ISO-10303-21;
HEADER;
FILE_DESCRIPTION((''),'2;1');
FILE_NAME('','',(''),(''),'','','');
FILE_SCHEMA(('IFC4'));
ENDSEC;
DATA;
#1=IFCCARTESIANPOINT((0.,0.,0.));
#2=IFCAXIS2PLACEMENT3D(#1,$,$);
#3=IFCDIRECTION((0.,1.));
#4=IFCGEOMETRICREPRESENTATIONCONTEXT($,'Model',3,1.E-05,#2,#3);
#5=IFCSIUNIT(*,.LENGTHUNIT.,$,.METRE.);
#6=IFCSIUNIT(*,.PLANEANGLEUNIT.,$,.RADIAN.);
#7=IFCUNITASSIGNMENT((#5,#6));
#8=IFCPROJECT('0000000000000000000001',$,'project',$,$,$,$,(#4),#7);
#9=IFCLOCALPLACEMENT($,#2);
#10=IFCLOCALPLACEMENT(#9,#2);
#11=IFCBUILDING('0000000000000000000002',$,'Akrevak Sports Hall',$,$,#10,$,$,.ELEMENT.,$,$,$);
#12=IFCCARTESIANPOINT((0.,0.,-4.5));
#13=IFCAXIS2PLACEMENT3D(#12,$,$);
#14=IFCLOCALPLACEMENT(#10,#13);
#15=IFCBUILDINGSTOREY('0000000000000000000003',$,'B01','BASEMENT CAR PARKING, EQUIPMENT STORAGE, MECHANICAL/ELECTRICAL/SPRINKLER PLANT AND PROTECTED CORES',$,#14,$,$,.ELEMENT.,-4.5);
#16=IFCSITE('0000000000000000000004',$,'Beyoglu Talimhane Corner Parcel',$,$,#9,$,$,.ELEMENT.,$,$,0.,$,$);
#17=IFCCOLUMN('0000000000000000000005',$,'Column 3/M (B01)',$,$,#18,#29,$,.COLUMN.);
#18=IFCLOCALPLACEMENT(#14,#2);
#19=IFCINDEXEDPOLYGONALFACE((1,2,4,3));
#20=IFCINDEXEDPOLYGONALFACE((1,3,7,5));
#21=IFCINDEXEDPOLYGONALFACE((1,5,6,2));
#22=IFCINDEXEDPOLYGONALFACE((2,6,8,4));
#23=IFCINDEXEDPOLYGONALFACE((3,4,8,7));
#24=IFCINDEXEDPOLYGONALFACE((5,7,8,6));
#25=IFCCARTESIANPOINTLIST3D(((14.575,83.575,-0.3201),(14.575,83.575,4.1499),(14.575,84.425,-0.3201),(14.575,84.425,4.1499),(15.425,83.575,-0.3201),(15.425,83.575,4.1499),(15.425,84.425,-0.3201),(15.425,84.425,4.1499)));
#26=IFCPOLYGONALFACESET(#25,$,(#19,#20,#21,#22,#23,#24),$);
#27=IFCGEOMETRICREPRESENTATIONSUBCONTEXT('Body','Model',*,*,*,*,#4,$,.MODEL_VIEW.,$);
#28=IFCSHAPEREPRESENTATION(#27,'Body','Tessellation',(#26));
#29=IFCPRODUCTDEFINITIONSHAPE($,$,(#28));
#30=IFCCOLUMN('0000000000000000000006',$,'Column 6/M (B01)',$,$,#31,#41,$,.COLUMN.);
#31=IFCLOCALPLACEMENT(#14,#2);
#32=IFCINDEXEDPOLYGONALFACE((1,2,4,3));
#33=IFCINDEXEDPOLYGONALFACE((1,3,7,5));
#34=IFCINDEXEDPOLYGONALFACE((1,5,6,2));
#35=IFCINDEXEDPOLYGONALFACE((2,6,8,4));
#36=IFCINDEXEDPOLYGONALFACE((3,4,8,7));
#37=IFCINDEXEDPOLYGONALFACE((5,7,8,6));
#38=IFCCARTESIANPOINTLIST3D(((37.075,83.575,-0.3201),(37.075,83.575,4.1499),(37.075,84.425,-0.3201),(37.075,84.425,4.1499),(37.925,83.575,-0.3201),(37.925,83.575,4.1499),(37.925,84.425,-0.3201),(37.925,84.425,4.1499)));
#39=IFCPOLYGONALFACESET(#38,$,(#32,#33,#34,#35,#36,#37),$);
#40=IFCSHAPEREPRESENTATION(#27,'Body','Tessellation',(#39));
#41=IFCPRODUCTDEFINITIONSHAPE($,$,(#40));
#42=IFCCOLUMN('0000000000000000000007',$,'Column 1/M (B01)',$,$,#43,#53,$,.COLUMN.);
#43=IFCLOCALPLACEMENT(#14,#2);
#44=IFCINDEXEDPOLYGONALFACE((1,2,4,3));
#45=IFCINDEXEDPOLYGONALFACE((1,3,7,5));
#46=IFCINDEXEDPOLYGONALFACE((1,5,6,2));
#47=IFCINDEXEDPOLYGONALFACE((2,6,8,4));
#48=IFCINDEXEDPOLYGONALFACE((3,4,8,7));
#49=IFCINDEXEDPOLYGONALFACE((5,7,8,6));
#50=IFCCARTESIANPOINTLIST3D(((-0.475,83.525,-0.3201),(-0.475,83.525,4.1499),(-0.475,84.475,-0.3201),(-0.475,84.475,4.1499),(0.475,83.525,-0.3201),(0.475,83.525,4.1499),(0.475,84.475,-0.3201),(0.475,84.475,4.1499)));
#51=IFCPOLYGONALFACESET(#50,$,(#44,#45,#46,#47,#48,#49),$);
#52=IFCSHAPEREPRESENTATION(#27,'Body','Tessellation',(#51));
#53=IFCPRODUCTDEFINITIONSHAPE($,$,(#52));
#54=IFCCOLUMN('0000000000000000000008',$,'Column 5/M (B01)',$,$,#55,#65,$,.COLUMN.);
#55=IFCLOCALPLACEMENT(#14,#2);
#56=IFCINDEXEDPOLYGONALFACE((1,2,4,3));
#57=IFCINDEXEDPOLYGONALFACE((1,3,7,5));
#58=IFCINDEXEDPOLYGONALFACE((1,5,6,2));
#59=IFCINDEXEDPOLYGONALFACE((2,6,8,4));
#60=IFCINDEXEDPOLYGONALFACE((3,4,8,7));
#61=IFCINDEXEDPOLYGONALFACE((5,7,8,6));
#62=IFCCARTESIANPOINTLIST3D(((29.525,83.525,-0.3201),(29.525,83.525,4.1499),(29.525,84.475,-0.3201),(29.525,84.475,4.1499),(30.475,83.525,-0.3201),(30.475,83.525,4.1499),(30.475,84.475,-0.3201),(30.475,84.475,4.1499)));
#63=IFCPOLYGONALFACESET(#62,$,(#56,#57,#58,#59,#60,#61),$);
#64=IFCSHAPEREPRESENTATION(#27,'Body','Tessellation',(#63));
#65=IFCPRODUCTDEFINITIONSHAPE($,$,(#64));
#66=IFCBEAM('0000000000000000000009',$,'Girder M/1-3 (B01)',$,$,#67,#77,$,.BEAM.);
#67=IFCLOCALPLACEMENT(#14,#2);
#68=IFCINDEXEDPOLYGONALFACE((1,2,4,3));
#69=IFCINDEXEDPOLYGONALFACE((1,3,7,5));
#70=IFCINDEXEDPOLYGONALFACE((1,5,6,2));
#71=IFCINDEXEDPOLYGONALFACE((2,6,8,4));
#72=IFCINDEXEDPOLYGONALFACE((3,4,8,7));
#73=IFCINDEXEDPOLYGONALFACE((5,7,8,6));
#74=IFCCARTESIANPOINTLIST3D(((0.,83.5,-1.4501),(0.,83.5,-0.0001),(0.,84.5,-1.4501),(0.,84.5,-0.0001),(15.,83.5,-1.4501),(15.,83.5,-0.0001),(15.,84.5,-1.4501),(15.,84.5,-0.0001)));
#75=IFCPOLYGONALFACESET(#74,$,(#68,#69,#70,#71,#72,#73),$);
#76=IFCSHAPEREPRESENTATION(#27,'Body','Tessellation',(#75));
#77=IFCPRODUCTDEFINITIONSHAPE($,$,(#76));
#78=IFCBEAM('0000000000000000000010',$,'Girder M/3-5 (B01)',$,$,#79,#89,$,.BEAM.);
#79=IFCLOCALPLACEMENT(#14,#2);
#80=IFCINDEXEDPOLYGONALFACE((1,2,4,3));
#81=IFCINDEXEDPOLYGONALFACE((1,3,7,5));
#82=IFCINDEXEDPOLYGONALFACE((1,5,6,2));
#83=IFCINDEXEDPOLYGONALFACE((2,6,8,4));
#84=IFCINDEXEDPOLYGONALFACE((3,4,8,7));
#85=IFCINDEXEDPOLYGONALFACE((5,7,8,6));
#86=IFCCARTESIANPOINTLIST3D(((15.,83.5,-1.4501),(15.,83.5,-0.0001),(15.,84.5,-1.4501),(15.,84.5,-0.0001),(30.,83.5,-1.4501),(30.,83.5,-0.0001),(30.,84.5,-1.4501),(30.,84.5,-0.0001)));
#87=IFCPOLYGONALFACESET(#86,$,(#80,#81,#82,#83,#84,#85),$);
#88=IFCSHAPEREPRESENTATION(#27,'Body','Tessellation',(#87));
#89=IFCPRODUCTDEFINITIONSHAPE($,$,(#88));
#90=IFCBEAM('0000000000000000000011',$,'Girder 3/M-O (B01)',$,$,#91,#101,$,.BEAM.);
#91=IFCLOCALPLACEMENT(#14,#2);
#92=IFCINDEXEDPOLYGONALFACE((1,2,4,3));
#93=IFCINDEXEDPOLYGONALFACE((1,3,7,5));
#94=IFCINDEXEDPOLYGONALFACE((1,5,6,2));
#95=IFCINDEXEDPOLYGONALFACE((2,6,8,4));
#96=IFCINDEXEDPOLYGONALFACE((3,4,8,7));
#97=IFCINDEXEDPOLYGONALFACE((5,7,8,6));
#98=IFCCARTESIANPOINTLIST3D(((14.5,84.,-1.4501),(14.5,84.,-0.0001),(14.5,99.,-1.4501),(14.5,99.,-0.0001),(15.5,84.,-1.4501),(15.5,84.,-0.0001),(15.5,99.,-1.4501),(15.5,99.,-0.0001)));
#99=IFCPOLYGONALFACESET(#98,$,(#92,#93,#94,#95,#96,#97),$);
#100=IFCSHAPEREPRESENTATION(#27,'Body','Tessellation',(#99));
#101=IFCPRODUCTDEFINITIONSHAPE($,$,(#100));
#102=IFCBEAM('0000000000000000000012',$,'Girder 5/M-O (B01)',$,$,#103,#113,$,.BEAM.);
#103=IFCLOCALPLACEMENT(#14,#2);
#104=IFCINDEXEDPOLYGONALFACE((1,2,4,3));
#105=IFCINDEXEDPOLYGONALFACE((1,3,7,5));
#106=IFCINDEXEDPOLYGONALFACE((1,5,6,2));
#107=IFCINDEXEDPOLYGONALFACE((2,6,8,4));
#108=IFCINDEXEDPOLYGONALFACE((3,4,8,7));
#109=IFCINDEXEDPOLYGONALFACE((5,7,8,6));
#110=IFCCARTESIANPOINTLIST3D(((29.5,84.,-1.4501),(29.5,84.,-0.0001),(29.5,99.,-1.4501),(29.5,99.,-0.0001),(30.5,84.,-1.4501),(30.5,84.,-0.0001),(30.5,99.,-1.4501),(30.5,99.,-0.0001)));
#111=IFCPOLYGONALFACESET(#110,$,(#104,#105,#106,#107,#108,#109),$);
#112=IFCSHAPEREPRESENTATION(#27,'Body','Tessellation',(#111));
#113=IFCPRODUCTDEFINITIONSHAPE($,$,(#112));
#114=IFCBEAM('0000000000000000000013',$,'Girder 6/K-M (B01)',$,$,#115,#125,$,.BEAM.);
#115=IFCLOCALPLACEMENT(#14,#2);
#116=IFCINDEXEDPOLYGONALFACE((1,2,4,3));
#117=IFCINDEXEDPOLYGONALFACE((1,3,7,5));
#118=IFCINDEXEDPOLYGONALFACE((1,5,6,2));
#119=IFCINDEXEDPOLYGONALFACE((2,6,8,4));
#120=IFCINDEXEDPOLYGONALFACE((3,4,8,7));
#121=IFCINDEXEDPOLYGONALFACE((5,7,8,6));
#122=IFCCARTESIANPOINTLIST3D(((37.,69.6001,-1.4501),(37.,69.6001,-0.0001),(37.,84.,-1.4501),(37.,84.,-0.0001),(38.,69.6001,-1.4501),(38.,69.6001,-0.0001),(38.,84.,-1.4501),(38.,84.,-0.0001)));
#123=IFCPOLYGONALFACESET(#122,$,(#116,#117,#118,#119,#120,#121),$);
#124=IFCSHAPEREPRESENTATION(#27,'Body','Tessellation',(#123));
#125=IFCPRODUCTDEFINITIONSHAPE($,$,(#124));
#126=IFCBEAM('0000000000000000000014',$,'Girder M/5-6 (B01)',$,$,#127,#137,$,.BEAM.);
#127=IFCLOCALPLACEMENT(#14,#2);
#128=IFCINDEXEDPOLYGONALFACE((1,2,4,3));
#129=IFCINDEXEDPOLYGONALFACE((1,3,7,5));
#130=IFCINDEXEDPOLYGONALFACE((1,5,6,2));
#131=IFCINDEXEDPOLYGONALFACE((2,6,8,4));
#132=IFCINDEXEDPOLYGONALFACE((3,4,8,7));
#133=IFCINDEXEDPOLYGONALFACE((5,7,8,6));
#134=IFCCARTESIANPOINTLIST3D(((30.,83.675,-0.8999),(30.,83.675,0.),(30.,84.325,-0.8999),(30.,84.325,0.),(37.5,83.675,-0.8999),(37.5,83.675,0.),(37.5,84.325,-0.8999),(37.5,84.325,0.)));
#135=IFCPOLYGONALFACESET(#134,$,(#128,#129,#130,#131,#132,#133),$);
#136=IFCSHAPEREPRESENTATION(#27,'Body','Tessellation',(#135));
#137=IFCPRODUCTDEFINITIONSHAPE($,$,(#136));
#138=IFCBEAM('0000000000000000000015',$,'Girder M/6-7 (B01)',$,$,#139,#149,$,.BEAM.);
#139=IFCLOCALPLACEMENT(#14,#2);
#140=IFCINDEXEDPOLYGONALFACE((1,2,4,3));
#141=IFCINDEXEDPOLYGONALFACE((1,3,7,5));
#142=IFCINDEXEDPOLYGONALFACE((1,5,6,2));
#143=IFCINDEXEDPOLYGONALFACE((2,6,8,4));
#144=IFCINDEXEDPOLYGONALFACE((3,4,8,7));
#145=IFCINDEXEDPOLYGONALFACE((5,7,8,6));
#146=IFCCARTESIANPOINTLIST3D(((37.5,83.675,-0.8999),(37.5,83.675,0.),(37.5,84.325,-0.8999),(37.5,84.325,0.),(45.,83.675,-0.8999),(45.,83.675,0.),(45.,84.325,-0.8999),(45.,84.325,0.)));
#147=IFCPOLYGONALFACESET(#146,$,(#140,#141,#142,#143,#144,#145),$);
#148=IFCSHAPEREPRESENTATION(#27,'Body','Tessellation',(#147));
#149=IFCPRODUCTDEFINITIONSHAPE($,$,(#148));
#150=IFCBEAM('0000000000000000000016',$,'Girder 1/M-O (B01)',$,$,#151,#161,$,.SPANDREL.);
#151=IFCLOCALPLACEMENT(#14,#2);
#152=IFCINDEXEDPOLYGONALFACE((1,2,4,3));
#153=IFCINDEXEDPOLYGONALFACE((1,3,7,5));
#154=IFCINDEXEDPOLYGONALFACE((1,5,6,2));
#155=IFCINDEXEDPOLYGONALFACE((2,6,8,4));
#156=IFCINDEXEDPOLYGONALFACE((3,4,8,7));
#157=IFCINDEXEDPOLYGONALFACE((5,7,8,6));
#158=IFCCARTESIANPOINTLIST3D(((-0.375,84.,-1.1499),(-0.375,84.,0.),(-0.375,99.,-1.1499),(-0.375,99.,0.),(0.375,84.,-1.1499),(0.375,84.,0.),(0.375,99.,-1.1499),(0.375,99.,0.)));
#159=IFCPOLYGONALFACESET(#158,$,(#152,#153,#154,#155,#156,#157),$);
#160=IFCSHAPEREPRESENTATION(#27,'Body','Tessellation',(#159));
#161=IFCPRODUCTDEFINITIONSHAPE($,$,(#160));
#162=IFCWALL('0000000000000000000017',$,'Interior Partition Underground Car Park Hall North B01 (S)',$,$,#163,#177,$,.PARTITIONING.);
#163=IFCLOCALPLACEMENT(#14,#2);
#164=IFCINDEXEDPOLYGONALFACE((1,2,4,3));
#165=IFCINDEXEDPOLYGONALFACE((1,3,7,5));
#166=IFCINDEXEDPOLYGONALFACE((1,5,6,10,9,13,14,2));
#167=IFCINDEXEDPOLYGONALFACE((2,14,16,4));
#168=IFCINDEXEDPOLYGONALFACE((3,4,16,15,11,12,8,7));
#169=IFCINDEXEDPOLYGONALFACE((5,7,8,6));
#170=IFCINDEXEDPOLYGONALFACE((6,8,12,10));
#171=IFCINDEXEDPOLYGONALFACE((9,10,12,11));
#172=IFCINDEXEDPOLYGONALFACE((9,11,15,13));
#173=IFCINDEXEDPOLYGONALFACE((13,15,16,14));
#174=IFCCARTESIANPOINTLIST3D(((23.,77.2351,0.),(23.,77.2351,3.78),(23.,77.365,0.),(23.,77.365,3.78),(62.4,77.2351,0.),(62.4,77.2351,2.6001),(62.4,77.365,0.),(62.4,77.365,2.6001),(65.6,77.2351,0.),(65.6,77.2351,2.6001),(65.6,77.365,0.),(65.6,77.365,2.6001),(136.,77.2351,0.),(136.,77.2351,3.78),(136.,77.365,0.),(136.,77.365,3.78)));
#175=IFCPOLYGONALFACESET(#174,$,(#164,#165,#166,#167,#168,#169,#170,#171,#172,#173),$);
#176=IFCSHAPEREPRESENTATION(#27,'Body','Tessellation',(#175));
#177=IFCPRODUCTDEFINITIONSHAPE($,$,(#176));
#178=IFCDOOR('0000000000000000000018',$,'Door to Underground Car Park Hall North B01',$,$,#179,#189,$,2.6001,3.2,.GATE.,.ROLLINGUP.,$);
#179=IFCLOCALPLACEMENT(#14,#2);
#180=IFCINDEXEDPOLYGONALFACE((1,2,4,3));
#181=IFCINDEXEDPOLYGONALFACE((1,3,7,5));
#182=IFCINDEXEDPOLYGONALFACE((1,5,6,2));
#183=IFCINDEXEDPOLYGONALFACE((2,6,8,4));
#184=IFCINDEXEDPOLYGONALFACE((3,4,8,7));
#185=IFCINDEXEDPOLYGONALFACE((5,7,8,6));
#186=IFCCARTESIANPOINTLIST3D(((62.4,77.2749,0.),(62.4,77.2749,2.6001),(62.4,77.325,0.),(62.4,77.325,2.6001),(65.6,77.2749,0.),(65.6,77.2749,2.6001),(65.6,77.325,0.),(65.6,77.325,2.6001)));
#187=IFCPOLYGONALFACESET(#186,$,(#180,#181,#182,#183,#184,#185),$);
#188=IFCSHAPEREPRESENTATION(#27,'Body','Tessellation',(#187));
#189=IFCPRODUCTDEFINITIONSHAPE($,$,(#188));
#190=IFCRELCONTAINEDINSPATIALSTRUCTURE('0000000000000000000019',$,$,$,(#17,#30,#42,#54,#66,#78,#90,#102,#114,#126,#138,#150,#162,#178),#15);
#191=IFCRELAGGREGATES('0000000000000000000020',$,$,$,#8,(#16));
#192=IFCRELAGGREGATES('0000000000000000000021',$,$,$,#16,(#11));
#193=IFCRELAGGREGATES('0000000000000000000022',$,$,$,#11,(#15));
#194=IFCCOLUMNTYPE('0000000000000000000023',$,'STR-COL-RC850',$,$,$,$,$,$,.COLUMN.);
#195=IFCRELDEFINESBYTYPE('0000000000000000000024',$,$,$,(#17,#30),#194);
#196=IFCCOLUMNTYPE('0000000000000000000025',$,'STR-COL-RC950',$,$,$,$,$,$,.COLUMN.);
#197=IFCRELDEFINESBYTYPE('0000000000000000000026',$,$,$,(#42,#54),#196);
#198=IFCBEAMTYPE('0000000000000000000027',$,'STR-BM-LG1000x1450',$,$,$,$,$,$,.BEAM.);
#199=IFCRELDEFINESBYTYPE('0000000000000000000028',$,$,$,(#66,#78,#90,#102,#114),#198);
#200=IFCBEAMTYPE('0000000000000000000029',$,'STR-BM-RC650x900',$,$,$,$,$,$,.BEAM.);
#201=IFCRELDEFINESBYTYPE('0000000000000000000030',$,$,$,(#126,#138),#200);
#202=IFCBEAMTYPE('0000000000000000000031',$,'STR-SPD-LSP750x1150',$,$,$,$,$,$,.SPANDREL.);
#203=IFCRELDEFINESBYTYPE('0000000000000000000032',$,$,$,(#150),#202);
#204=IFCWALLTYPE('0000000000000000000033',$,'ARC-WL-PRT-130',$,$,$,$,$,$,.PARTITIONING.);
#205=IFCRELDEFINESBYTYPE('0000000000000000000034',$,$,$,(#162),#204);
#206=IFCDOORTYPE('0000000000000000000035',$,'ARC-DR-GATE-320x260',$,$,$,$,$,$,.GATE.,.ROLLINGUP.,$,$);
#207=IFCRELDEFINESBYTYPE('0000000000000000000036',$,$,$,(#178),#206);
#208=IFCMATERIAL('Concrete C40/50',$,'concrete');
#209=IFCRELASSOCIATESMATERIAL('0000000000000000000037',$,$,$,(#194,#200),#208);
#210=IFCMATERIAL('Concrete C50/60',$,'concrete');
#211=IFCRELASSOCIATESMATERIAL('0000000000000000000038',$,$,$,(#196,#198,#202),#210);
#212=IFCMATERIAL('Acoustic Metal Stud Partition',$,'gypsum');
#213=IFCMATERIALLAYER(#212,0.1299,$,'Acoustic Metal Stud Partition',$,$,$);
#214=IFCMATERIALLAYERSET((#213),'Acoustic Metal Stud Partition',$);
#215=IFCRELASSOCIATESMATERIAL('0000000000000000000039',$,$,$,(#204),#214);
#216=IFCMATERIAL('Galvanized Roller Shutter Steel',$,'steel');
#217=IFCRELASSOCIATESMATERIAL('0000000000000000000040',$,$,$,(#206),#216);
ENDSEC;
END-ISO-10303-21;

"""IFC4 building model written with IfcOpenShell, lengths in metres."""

from ifc_helpers import new_model, si_unit, direction, frame, frame_2d, origin, origin_2d, place, context, subcontext, project, spatial, rectangle, extrude, material, layer, layer_set, material_profile, profile_set, type_object, element, fill, save


model = new_model("IFC4")

# Units and contexts
model_context = context("Model", 3, precision=1e-05, world=origin(), true_north=direction((0.0, 1.0)))
body_context = subcontext(model_context, "Body", "Model", "MODEL_VIEW")
ifc_project = project(units=[si_unit("LENGTHUNIT", "METRE"), si_unit("PLANEANGLEUNIT", "RADIAN")], contexts=[model_context])

# Site, building, storey
site_placement = place(None, origin())
site = spatial("IfcSite", under=ifc_project, at=site_placement, Name="Beyoglu Talimhane Corner Parcel", CompositionType="ELEMENT", RefElevation=0.0)
building_placement = place(site_placement, origin())
building = spatial("IfcBuilding", under=site, at=building_placement, Name="Akrevak Sports Hall", CompositionType="ELEMENT")
storey_placement = place(building_placement, frame((0.0, 0.0, -4.5)))
storey = spatial("IfcBuildingStorey", under=building, at=storey_placement, Name="B01", Description="BASEMENT CAR PARKING, EQUIPMENT STORAGE, MECHANICAL/ELECTRICAL/SPRINKLER PLANT AND PROTECTED CORES", CompositionType="ELEMENT", Elevation=-4.5)

# Columns
ifc_material_1 = material(Name="Concrete C40/50", Category="concrete")
ifc_material_profile_1 = material_profile(ifc_material_1, rectangle(XDim=0.8501, YDim=0.8501, at=origin_2d()), Name="RC 850x850", Category="concrete")
ifc_profile_set_1 = profile_set([ifc_material_profile_1], Name="Concrete C40/50")
column_type_1 = type_object("IfcColumnType", Name="STR-COL-RC850", PredefinedType="COLUMN", material=ifc_profile_set_1)
for number, where, z_axis, x_axis, name in (
    (1, (15.0, 84.0, -0.3201), (0.0, 0.0, 1.0), (1.0, 0.0, 0.0), "Column 3/M (B01)"),
    (2, (37.5, 84.0, -0.3201), (0.0, 0.0, 1.0), (1.0, 0.0, 0.0), "Column 6/M (B01)"),
):
    element("IfcColumn", number, at=place(storey_placement, frame(where, z_axis=z_axis, x_axis=x_axis)), inside=storey, type_object=column_type_1, Name=name, PredefinedType="COLUMN", context=body_context, shape_type="SweptSolid", body=[
        extrude(rectangle(XDim=0.8501, YDim=0.8501, at=origin_2d()), origin(), (0.0, 0.0, 1.0), 4.47),
    ])
ifc_material_2 = material(Name="Concrete C50/60", Category="concrete")
ifc_material_profile_2 = material_profile(ifc_material_2, rectangle(XDim=0.95, YDim=0.95, at=origin_2d()), Name="RC 950x950", Category="concrete")
ifc_profile_set_2 = profile_set([ifc_material_profile_2], Name="Concrete C50/60")
column_type_2 = type_object("IfcColumnType", Name="STR-COL-RC950", PredefinedType="COLUMN", material=ifc_profile_set_2)
for number, where, z_axis, x_axis, name in (
    (3, (0.0, 84.0, -0.3201), (0.0, 0.0, 1.0), (1.0, 0.0, 0.0), "Column 1/M (B01)"),
    (4, (30.0, 84.0, -0.3201), (0.0, 0.0, 1.0), (1.0, 0.0, 0.0), "Column 5/M (B01)"),
):
    element("IfcColumn", number, at=place(storey_placement, frame(where, z_axis=z_axis, x_axis=x_axis)), inside=storey, type_object=column_type_2, Name=name, PredefinedType="COLUMN", context=body_context, shape_type="SweptSolid", body=[
        extrude(rectangle(XDim=0.95, YDim=0.95, at=origin_2d()), origin(), (0.0, 0.0, 1.0), 4.47),
    ])

# Beams
ifc_material_profile_3 = material_profile(ifc_material_2, rectangle(XDim=1.0, YDim=1.45, at=origin_2d()), Name="BM 1000x1450", Category="concrete")
ifc_profile_set_3 = profile_set([ifc_material_profile_3], Name="Concrete C50/60")
beam_type_1 = type_object("IfcBeamType", Name="STR-BM-LG1000x1450", PredefinedType="BEAM", material=ifc_profile_set_3)
for number, where, z_axis, x_axis, name in (
    (5, (0.0, 84.0, -0.7251), (1.0, 0.0, 0.0), (0.0, 1.0, 0.0), "Girder M/1-3 (B01)"),
    (6, (15.0, 84.0, -0.7251), (1.0, 0.0, 0.0), (0.0, 1.0, 0.0), "Girder M/3-5 (B01)"),
    (7, (15.0, 84.0, -0.7251), (0.0, 1.0, 0.0), (-1.0, 0.0, 0.0), "Girder 3/M-O (B01)"),
    (8, (30.0, 84.0, -0.7251), (0.0, 1.0, 0.0), (-1.0, 0.0, 0.0), "Girder 5/M-O (B01)"),
):
    element("IfcBeam", number, at=place(storey_placement, frame(where, z_axis=z_axis, x_axis=x_axis)), inside=storey, type_object=beam_type_1, Name=name, PredefinedType="BEAM", context=body_context, shape_type="SweptSolid", body=[
        extrude(rectangle(XDim=1.0, YDim=1.45, at=origin_2d()), origin(), (0.0, 0.0, 1.0), 15.0),
    ])
beam_1_placement = place(storey_placement, frame((37.5, 69.6001, -0.7251), z_axis=(0.0, 1.0, 0.0), x_axis=(-1.0, 0.0, 0.0)))
element("IfcBeam", 9, at=beam_1_placement, inside=storey, type_object=beam_type_1, Name="Girder 6/K-M (B01)", PredefinedType="BEAM", context=body_context, shape_type="SweptSolid", body=[
    extrude(rectangle(XDim=1.0, YDim=1.45, at=origin_2d()), origin(), (0.0, 0.0, 1.0), 14.3999),
])
ifc_material_profile_4 = material_profile(ifc_material_1, rectangle(XDim=0.6499, YDim=0.8999, at=origin_2d()), Name="BM 650x900", Category="concrete")
ifc_profile_set_4 = profile_set([ifc_material_profile_4], Name="Concrete C40/50")
beam_type_2 = type_object("IfcBeamType", Name="STR-BM-RC650x900", PredefinedType="BEAM", material=ifc_profile_set_4)
for number, where, z_axis, x_axis, name in (
    (10, (30.0, 84.0, -0.45), (1.0, 0.0, 0.0), (0.0, 1.0, 0.0), "Girder M/5-6 (B01)"),
    (11, (37.5, 84.0, -0.45), (1.0, 0.0, 0.0), (0.0, 1.0, 0.0), "Girder M/6-7 (B01)"),
):
    element("IfcBeam", number, at=place(storey_placement, frame(where, z_axis=z_axis, x_axis=x_axis)), inside=storey, type_object=beam_type_2, Name=name, PredefinedType="BEAM", context=body_context, shape_type="SweptSolid", body=[
        extrude(rectangle(XDim=0.6499, YDim=0.8999, at=origin_2d()), origin(), (0.0, 0.0, 1.0), 7.5),
    ])
ifc_material_profile_5 = material_profile(ifc_material_2, rectangle(XDim=0.75, YDim=1.1499, at=origin_2d()), Name="SPD 750x1150", Category="concrete")
ifc_profile_set_5 = profile_set([ifc_material_profile_5], Name="Concrete C50/60")
beam_type_3 = type_object("IfcBeamType", Name="STR-SPD-LSP750x1150", PredefinedType="SPANDREL", material=ifc_profile_set_5)
beam_2_placement = place(storey_placement, frame((0.0, 84.0, -0.575), z_axis=(0.0, 1.0, 0.0), x_axis=(-1.0, 0.0, 0.0)))
element("IfcBeam", 12, at=beam_2_placement, inside=storey, type_object=beam_type_3, Name="Girder 1/M-O (B01)", PredefinedType="SPANDREL", context=body_context, shape_type="SweptSolid", body=[
    extrude(rectangle(XDim=0.75, YDim=1.1499, at=origin_2d()), origin(), (0.0, 0.0, 1.0), 15.0),
])

# Wall, opening, door
ifc_material_3 = material(Name="Acoustic Metal Stud Partition", Category="gypsum")
ifc_layer_1 = layer(ifc_material_3, 0.1299, Name="Acoustic Metal Stud Partition")
ifc_layer_set_1 = layer_set([ifc_layer_1], Name="Acoustic Metal Stud Partition")
wall_type_1 = type_object("IfcWallType", Name="ARC-WL-PRT-130", PredefinedType="PARTITIONING", material=ifc_layer_set_1)
wall_1_placement = place(storey_placement, frame((23.0, 77.3, 0.0), z_axis=(0.0, 0.0, 1.0), x_axis=(1.0, 0.0, 0.0)))
wall_1 = element("IfcWall", 13, at=wall_1_placement, inside=storey, type_object=wall_type_1, Name="Interior Partition Underground Car Park Hall North B01 (S)", PredefinedType="PARTITIONING", context=body_context, shape_type="SweptSolid", body=[
    extrude(rectangle(XDim=113.0, YDim=0.1299, at=frame_2d((56.5, 0.0))), origin(), (0.0, 0.0, 1.0), 3.78),
])
opening_1_placement = place(wall_1_placement, frame((39.3999, 0.0, 0.0)))
opening_1 = element("IfcOpeningElement", 14, at=opening_1_placement, cuts=wall_1, PredefinedType="OPENING", context=body_context, shape_type="SweptSolid", body=[
    extrude(rectangle(XDim=3.2, YDim=2.6001, at=frame_2d((1.6001, 1.3))), frame((0.0, 0.0769, 0.0), z_axis=(0.0, -1.0, 0.0), x_axis=(1.0, 0.0, 0.0)), (0.0, 0.0, 1.0), 0.1538),
])
ifc_material_4 = material(Name="Galvanized Roller Shutter Steel", Category="steel")
door_type_1 = type_object("IfcDoorType", Name="ARC-DR-GATE-320x260", OperationType="ROLLINGUP", PredefinedType="GATE", material=ifc_material_4)
door_1_placement = place(opening_1_placement, origin())
door_1 = element("IfcDoor", 15, at=door_1_placement, inside=storey, type_object=door_type_1, Name="Door to Underground Car Park Hall North B01", OperationType="ROLLINGUP", OverallHeight=2.6001, OverallWidth=3.2, PredefinedType="GATE", context=body_context, shape_type="SweptSolid", body=[
    extrude(rectangle(XDim=3.2, YDim=2.6001, at=frame_2d((1.6001, 1.3))), frame((0.0, 0.0249, 0.0), z_axis=(0.0, -1.0, 0.0), x_axis=(1.0, 0.0, 0.0)), (0.0, 0.0, 1.0), 0.05),
])
fill(opening_1, door_1)

save(model, "model.ifc")
